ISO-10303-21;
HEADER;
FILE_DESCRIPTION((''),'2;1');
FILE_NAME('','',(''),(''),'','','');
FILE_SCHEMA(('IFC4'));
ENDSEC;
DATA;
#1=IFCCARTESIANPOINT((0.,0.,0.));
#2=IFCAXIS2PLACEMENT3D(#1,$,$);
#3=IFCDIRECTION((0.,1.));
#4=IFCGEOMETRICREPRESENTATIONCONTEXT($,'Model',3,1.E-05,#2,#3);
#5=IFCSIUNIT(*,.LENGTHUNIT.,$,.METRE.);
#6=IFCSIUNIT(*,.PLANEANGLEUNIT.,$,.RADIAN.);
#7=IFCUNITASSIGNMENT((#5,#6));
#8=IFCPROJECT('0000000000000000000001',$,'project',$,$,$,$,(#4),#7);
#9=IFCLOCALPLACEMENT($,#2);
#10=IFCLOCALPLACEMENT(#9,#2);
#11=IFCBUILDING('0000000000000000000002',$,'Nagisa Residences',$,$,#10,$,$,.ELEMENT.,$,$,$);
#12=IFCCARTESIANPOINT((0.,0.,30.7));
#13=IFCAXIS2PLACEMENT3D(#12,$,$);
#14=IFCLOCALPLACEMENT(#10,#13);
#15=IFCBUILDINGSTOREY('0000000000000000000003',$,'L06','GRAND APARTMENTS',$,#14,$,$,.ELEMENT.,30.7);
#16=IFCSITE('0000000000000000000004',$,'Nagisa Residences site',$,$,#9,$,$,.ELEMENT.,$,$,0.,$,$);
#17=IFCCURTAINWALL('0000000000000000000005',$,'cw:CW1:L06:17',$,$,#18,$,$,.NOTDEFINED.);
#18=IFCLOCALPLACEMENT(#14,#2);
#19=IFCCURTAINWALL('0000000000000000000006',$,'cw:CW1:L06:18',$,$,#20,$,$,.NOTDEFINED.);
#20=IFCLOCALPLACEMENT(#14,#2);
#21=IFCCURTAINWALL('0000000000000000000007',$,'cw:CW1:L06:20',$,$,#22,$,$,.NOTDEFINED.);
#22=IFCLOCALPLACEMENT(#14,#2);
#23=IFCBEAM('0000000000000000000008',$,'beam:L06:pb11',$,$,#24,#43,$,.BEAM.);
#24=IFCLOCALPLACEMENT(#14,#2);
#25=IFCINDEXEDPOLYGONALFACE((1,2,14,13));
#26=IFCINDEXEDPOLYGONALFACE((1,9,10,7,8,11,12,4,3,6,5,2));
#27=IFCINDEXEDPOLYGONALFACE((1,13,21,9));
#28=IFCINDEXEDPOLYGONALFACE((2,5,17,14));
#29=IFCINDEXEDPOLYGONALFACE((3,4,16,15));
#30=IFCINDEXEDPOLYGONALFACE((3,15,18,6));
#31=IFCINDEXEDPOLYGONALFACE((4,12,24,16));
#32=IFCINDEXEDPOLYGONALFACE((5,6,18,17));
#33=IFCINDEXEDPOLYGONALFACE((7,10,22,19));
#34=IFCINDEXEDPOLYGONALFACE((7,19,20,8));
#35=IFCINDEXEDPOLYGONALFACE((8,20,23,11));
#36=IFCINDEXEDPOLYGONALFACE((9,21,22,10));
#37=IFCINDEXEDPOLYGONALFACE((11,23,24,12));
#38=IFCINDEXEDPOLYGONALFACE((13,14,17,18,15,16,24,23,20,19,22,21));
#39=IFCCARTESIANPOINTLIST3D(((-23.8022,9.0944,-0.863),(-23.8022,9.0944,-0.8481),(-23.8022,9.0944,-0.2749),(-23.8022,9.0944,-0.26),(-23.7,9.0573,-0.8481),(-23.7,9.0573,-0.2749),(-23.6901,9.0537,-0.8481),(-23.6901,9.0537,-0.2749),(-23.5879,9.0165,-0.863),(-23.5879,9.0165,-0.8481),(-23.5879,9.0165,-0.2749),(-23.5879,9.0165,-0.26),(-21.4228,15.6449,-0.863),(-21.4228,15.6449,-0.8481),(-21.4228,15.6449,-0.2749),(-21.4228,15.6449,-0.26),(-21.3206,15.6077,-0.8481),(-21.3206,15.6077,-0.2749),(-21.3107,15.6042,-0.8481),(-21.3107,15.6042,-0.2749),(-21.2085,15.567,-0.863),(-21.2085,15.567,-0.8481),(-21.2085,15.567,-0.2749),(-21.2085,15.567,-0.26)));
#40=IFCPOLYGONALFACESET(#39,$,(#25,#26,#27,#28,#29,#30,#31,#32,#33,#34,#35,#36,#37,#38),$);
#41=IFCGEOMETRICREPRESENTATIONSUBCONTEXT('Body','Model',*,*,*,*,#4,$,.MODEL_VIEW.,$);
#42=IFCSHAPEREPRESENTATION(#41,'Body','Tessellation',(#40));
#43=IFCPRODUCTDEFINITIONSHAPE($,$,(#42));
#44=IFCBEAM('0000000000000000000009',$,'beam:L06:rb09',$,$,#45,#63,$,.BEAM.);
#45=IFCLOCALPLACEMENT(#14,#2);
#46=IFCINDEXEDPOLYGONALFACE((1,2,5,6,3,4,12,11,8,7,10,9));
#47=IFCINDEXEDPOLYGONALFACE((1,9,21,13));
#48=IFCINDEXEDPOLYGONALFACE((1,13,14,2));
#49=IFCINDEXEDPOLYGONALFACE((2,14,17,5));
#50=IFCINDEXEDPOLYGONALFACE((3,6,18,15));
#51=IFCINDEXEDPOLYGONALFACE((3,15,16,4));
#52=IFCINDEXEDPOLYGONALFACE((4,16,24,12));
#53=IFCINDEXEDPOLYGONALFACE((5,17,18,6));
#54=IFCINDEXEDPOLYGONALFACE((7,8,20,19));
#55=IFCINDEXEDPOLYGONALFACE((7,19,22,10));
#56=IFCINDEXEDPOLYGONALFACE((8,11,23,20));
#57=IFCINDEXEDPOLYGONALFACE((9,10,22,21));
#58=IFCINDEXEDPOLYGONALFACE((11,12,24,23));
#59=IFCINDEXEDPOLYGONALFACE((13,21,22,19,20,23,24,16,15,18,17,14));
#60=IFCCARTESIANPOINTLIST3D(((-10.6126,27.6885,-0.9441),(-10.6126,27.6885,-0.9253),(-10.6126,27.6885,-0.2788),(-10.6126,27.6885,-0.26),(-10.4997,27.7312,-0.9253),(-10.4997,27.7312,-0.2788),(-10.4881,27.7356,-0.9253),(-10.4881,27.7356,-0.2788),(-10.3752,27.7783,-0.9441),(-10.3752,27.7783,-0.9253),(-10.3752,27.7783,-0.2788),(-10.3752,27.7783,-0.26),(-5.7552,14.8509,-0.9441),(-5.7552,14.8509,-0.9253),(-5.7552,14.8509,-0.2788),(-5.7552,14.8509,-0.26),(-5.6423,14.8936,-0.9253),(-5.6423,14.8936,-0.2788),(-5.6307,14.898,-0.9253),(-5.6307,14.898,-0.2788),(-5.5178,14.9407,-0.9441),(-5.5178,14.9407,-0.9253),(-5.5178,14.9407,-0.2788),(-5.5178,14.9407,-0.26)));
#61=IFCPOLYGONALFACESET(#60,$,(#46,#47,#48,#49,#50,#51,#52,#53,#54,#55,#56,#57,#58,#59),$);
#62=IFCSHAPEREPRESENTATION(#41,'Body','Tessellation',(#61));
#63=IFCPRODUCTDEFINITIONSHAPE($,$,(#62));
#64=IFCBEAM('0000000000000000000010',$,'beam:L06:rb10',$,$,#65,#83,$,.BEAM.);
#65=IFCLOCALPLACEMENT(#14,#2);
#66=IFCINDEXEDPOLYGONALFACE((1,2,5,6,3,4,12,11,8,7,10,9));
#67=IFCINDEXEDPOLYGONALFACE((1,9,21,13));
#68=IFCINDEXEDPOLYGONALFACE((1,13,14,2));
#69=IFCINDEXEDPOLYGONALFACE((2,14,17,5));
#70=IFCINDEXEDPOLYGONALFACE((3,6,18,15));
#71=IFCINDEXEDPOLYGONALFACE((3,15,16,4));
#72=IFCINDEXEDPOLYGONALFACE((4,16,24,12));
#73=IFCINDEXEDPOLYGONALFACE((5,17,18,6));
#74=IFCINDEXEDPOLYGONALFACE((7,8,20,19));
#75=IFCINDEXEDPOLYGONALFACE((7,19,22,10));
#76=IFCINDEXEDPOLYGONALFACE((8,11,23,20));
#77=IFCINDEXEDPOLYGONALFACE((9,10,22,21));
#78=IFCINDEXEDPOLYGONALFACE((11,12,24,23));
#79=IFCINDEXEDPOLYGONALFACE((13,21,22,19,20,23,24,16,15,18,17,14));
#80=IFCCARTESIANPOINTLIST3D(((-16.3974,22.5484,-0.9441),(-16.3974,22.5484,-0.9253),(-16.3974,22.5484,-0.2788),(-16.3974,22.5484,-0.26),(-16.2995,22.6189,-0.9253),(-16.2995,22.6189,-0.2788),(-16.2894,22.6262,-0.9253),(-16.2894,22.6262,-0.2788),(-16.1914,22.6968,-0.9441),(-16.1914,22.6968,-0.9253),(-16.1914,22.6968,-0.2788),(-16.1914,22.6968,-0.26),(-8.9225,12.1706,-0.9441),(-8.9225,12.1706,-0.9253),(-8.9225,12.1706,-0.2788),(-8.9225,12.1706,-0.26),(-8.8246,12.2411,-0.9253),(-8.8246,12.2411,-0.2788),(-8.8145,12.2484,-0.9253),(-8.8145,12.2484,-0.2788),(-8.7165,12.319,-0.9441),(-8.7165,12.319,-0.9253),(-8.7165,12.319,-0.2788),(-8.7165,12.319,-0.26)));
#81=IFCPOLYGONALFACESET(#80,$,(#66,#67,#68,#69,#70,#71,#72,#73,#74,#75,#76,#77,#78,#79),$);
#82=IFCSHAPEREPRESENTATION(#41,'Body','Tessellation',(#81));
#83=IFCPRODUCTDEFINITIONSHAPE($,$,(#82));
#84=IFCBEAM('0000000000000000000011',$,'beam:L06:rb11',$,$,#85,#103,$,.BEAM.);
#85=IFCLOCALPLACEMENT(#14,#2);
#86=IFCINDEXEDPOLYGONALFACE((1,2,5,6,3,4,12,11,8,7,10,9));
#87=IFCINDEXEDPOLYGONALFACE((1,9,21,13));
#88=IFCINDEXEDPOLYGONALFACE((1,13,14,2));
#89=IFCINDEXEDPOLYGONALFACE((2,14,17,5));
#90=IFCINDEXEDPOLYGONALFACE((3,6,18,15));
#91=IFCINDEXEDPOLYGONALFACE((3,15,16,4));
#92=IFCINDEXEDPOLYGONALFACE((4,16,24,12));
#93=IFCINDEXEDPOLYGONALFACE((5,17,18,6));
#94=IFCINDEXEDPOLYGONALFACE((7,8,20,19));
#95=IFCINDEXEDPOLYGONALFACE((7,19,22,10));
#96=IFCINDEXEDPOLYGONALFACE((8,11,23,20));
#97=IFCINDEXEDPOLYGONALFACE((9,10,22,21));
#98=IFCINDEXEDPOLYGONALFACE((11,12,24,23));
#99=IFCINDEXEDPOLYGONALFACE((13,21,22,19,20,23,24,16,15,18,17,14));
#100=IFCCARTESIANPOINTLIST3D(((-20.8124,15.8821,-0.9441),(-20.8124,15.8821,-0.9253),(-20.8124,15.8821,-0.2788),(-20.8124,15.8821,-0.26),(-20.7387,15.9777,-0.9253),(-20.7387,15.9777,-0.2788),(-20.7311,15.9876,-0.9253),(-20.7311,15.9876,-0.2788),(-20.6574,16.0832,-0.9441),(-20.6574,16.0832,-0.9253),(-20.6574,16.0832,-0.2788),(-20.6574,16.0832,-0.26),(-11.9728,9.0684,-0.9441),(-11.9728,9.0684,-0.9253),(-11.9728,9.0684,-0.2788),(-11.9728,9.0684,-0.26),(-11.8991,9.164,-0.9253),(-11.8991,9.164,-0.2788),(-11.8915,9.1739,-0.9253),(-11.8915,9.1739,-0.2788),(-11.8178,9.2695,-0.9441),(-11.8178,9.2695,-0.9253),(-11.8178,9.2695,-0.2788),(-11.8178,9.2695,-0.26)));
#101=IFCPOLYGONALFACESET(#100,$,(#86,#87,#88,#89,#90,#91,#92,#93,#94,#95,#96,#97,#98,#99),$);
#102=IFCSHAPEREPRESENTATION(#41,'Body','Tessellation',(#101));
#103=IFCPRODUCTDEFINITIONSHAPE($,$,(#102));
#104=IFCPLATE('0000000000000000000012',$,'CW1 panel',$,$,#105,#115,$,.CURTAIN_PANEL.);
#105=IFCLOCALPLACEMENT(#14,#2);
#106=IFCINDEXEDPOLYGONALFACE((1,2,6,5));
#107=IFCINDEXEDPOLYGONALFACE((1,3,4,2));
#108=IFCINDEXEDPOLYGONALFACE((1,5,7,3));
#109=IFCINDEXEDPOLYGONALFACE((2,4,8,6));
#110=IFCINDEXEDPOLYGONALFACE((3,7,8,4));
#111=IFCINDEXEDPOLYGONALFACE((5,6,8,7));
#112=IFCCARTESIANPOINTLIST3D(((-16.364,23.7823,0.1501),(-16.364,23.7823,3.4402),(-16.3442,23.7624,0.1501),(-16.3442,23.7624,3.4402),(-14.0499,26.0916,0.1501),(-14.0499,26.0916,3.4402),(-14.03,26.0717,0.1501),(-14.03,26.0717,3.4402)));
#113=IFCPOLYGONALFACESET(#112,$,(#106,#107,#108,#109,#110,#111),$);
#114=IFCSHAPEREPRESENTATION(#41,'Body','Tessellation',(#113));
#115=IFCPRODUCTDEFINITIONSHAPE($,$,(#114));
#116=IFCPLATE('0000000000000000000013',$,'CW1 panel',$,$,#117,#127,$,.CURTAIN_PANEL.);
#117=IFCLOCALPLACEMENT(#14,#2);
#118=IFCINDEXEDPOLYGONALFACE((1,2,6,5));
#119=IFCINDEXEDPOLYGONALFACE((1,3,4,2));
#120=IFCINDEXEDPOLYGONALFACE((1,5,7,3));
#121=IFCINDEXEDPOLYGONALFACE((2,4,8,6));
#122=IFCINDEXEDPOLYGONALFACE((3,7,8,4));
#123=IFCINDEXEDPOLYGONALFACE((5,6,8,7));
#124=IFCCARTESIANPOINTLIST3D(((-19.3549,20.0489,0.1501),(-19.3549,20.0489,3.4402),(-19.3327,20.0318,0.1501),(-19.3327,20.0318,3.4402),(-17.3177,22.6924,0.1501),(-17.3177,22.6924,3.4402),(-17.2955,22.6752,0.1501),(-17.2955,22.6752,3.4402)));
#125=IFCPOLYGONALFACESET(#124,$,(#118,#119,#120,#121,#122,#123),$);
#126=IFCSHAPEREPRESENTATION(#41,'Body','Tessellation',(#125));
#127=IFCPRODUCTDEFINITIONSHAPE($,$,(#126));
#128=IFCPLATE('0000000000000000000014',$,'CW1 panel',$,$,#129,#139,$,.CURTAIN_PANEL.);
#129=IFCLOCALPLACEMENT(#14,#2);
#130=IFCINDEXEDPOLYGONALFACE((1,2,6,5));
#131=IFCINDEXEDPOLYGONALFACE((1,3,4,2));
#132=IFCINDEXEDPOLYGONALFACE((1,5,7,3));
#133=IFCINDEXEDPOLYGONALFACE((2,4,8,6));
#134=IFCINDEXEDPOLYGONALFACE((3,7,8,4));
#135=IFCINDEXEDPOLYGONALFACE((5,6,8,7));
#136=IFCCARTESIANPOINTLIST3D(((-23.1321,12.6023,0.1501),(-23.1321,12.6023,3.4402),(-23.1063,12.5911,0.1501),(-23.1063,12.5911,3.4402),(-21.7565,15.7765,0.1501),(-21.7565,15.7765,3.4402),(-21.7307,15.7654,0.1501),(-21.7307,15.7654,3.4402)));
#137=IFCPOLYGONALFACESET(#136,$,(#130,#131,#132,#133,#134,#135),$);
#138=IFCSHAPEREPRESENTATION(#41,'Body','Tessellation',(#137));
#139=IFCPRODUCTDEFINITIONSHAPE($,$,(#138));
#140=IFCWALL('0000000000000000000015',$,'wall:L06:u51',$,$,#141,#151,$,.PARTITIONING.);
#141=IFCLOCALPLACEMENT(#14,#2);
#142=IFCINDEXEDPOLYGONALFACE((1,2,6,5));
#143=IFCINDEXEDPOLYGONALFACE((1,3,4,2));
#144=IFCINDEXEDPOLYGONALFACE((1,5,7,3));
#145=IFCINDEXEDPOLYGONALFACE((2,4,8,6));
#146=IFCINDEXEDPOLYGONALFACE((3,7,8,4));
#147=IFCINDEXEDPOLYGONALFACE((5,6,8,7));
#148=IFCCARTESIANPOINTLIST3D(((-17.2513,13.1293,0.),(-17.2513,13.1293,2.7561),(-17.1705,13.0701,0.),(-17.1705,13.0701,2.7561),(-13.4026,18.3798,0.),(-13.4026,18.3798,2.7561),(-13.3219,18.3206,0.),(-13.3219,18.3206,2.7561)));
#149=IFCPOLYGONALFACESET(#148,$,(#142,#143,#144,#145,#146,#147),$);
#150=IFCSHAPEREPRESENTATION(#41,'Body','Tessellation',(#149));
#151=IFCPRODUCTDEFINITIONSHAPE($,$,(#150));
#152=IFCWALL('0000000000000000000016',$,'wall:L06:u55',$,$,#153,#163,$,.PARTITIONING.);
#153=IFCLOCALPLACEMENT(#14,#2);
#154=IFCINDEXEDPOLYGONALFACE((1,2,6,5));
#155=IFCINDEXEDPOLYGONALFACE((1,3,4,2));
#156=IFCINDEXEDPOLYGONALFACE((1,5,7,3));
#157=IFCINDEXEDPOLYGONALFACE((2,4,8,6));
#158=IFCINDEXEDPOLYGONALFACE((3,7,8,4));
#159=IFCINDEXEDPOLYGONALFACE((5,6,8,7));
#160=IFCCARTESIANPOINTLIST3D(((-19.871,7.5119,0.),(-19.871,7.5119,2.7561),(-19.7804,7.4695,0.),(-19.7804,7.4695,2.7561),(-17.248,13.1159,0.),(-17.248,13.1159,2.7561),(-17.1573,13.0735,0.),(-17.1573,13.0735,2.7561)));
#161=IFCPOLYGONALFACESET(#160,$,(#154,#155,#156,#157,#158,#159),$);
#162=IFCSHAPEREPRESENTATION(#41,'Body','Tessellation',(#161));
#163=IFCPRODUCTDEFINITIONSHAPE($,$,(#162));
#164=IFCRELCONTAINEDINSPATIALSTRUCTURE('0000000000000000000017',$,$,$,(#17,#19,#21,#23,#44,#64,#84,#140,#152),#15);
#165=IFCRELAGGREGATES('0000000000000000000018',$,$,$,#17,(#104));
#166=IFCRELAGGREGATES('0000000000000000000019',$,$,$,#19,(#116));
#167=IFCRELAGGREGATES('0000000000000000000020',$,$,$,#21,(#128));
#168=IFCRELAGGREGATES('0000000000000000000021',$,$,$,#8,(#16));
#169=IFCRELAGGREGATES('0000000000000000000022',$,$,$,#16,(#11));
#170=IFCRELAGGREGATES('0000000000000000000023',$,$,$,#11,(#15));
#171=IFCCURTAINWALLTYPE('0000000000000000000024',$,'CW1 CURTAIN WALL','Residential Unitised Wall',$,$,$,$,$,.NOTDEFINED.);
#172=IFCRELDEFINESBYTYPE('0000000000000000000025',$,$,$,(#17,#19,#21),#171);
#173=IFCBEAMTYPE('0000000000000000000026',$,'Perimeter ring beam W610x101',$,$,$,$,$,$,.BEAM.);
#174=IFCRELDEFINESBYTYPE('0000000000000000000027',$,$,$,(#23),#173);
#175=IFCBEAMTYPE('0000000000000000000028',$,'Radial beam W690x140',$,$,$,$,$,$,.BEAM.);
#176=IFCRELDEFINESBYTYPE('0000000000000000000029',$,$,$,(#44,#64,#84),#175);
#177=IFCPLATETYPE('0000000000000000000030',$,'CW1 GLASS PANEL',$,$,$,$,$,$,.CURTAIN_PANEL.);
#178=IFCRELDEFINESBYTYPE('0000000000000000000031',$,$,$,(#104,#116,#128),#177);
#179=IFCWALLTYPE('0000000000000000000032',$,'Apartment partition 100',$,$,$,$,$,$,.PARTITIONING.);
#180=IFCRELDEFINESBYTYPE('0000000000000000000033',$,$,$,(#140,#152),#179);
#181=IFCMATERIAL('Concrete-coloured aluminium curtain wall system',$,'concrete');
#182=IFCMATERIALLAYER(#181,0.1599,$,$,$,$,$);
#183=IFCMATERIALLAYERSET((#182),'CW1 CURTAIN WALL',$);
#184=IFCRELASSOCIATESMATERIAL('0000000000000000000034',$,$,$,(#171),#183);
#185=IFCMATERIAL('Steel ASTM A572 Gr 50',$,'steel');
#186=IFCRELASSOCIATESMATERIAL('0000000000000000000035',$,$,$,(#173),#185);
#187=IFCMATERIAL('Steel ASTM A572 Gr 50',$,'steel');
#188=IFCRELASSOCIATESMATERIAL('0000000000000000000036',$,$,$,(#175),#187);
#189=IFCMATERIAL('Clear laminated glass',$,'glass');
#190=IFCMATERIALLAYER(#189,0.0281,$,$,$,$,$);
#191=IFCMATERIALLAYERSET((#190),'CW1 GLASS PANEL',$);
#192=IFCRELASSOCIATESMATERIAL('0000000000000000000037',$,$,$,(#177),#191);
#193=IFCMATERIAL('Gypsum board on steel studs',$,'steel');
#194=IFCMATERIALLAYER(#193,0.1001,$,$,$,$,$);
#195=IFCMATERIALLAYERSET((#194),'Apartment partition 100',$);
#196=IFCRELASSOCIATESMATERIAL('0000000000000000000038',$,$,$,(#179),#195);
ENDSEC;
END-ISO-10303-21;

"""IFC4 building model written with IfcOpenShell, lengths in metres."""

from ifc_helpers import new_model, si_unit, direction, frame, frame_2d, origin, origin_2d, place, context, subcontext, project, spatial, rectangle, i_section, extrude, material, layer, layer_set, material_profile, profile_set, type_object, element, aggregate, save


model = new_model("IFC4")

# Units and contexts
model_context = context("Model", 3, precision=1e-05, world=origin(), true_north=direction((0.0, 1.0)))
body_context = subcontext(model_context, "Body", "Model", "MODEL_VIEW")
ifc_project = project(units=[si_unit("LENGTHUNIT", "METRE"), si_unit("PLANEANGLEUNIT", "RADIAN")], contexts=[model_context])

# Site, building, storey
site_placement = place(None, origin())
site = spatial("IfcSite", under=ifc_project, at=site_placement, Name="Nagisa Residences site", CompositionType="ELEMENT", RefElevation=0.0)
building_placement = place(site_placement, origin())
building = spatial("IfcBuilding", under=site, at=building_placement, Name="Nagisa Residences", CompositionType="ELEMENT")
storey_placement = place(building_placement, frame((0.0, 0.0, 30.7)))
storey = spatial("IfcBuildingStorey", under=building, at=storey_placement, Name="L06", Description="GRAND APARTMENTS", CompositionType="ELEMENT", Elevation=30.7)

# Curtain walls
ifc_material_1 = material(Name="Concrete-coloured aluminium curtain wall system", Category="concrete")
ifc_layer_1 = layer(ifc_material_1, 0.1599)
ifc_layer_set_1 = layer_set([ifc_layer_1], Name="CW1 CURTAIN WALL")
curtain_wall_type = type_object("IfcCurtainWallType", Name="CW1 CURTAIN WALL", Description="Residential Unitised Wall", PredefinedType="NOTDEFINED", material=ifc_layer_set_1)
curtain_wall_1_placement = place(storey_placement, origin())
curtain_wall_1 = element("IfcCurtainWall", 1, at=curtain_wall_1_placement, inside=storey, type_object=curtain_wall_type, Name="cw:CW1:L06:17", PredefinedType="NOTDEFINED")
curtain_wall_2_placement = place(storey_placement, origin())
curtain_wall_2 = element("IfcCurtainWall", 2, at=curtain_wall_2_placement, inside=storey, type_object=curtain_wall_type, Name="cw:CW1:L06:18", PredefinedType="NOTDEFINED")
curtain_wall_3_placement = place(storey_placement, origin())
curtain_wall_3 = element("IfcCurtainWall", 3, at=curtain_wall_3_placement, inside=storey, type_object=curtain_wall_type, Name="cw:CW1:L06:20", PredefinedType="NOTDEFINED")

# Beams
ifc_material_2 = material(Name="Steel ASTM A572 Gr 50", Category="steel")
ifc_material_profile_1 = material_profile(ifc_material_2, i_section(OverallWidth=0.228, OverallDepth=0.603, WebThickness=0.0105, FlangeThickness=0.0149, at=origin_2d()), Name="W610x101")
ifc_profile_set_1 = profile_set([ifc_material_profile_1], Name="Steel ASTM A572 Gr 50")
beam_type_1 = type_object("IfcBeamType", Name="Perimeter ring beam W610x101", PredefinedType="BEAM", material=ifc_profile_set_1)
beam_1_placement = place(storey_placement, frame((-21.3157, 15.606, -0.5615), z_axis=(-0.341411, -0.939914, 0.0), x_axis=(0.939914, -0.341411, 0.0)))
element("IfcBeam", 4, at=beam_1_placement, inside=storey, type_object=beam_type_1, Name="beam:L06:pb11", PredefinedType="BEAM", context=body_context, shape_type="SweptSolid", body=[
    extrude(i_section(OverallWidth=0.228, OverallDepth=0.603, WebThickness=0.0105, FlangeThickness=0.0149, at=origin_2d()), origin(), (0.0, 0.0, 1.0), 6.9692),
])
ifc_material_3 = material(Name="Steel ASTM A572 Gr 50", Category="steel")
ifc_material_profile_2 = material_profile(ifc_material_3, i_section(OverallWidth=0.2539, OverallDepth=0.6841, WebThickness=0.0125, FlangeThickness=0.0188, at=origin_2d()), Name="W690x140")
ifc_profile_set_2 = profile_set([ifc_material_profile_2], Name="Steel ASTM A572 Gr 50")
beam_type_2 = type_object("IfcBeamType", Name="Radial beam W690x140", PredefinedType="BEAM", material=ifc_profile_set_2)
beam_2_placement = place(storey_placement, frame((-10.4939, 27.7334, -0.6021), z_axis=(0.353888, -0.935288, 0.0), x_axis=(0.935288, 0.353888, 0.0)))
element("IfcBeam", 5, at=beam_2_placement, inside=storey, type_object=beam_type_2, Name="beam:L06:rb09", PredefinedType="BEAM", context=body_context, shape_type="SweptSolid", body=[
    extrude(i_section(OverallWidth=0.2539, OverallDepth=0.6841, WebThickness=0.0125, FlangeThickness=0.0188, at=origin_2d()), origin(), (0.0, 0.0, 1.0), 13.7258),
])
beam_3_placement = place(storey_placement, frame((-16.2944, 22.6226, -0.6021), z_axis=(0.584455, -0.811426, 0.0), x_axis=(0.811426, 0.584455, 0.0)))
element("IfcBeam", 6, at=beam_3_placement, inside=storey, type_object=beam_type_2, Name="beam:L06:rb10", PredefinedType="BEAM", context=body_context, shape_type="SweptSolid", body=[
    extrude(i_section(OverallWidth=0.2539, OverallDepth=0.6841, WebThickness=0.0125, FlangeThickness=0.0188, at=origin_2d()), origin(), (0.0, 0.0, 1.0), 12.7896),
])
beam_4_placement = place(storey_placement, frame((-20.7349, 15.9827, -0.6021), z_axis=(0.792016, -0.6105, 0.0), x_axis=(0.6105, 0.792016, 0.0)))
element("IfcBeam", 7, at=beam_4_placement, inside=storey, type_object=beam_type_2, Name="beam:L06:rb11", PredefinedType="BEAM", context=body_context, shape_type="SweptSolid", body=[
    extrude(i_section(OverallWidth=0.2539, OverallDepth=0.6841, WebThickness=0.0125, FlangeThickness=0.0188, at=origin_2d()), origin(), (0.0, 0.0, 1.0), 11.1609),
])

# Plates
ifc_material_4 = material(Name="Clear laminated glass", Category="glass")
ifc_layer_2 = layer(ifc_material_4, 0.0281)
ifc_layer_set_2 = layer_set([ifc_layer_2], Name="CW1 GLASS PANEL")
plate_type = type_object("IfcPlateType", Name="CW1 GLASS PANEL", PredefinedType="CURTAIN_PANEL", material=ifc_layer_set_2)
plate_1_placement = place(storey_placement, frame((-15.197, 24.927, 0.1501), z_axis=(0.0, 0.0, 1.0), x_axis=(-0.707836, -0.706377, 0.0)))
plate_1 = element("IfcPlate", 8, at=plate_1_placement, type_object=plate_type, Name="CW1 panel", PredefinedType="CURTAIN_PANEL", context=body_context, shape_type="SweptSolid", body=[
    extrude(rectangle(XDim=3.2693, YDim=0.0281, at=origin_2d()), origin(), (0.0, 0.0, 1.0), 3.29),
])
aggregate(curtain_wall_1, [plate_1])
plate_2_placement = place(storey_placement, frame((-18.3252, 21.3621, 0.1501), z_axis=(0.0, 0.0, 1.0), x_axis=(-0.61043, -0.79207, 0.0)))
plate_2 = element("IfcPlate", 9, at=plate_2_placement, type_object=plate_type, Name="CW1 panel", PredefinedType="CURTAIN_PANEL", context=body_context, shape_type="SweptSolid", body=[
    extrude(rectangle(XDim=3.3374, YDim=0.0281, at=origin_2d()), origin(), (0.0, 0.0, 1.0), 3.29),
])
aggregate(curtain_wall_2, [plate_2])
plate_3_placement = place(storey_placement, frame((-22.4314, 14.1838, 0.1501), z_axis=(0.0, 0.0, 1.0), x_axis=(-0.397636, -0.917543, 0.0)))
plate_3 = element("IfcPlate", 10, at=plate_3_placement, type_object=plate_type, Name="CW1 panel", PredefinedType="CURTAIN_PANEL", context=body_context, shape_type="SweptSolid", body=[
    extrude(rectangle(XDim=3.4595, YDim=0.0281, at=origin_2d()), origin(), (0.0, 0.0, 1.0), 3.29),
])
aggregate(curtain_wall_3, [plate_3])

# Walls
ifc_material_5 = material(Name="Gypsum board on steel studs", Category="steel")
ifc_layer_3 = layer(ifc_material_5, 0.1001)
ifc_layer_set_3 = layer_set([ifc_layer_3], Name="Apartment partition 100")
wall_type_1 = type_object("IfcWallType", Name="Apartment partition 100", PredefinedType="PARTITIONING", material=ifc_layer_set_3)
wall_1_placement = place(storey_placement, frame((-13.3623, 18.3501, 0.0), z_axis=(0.0, 0.0, 1.0), x_axis=(-0.591191, -0.806531, 0.0)))
element("IfcWall", 11, at=wall_1_placement, inside=storey, type_object=wall_type_1, Name="wall:L06:u51", PredefinedType="PARTITIONING", context=body_context, shape_type="SweptSolid", body=[
    extrude(rectangle(XDim=6.51, YDim=0.1001, at=frame_2d((3.2549, 0.0))), origin(), (0.0, 0.0, 1.0), 2.7561),
])
wall_2_placement = place(storey_placement, frame((-17.2026, 13.0947, 0.0), z_axis=(0.0, 0.0, 1.0), x_axis=(-0.423926, -0.905697, 0.0)))
element("IfcWall", 12, at=wall_2_placement, inside=storey, type_object=wall_type_1, Name="wall:L06:u55", PredefinedType="PARTITIONING", context=body_context, shape_type="SweptSolid", body=[
    extrude(rectangle(XDim=6.1875, YDim=0.1001, at=frame_2d((3.0938, 0.0))), origin(), (0.0, 0.0, 1.0), 2.7561),
])

save(model, "model.ifc")
